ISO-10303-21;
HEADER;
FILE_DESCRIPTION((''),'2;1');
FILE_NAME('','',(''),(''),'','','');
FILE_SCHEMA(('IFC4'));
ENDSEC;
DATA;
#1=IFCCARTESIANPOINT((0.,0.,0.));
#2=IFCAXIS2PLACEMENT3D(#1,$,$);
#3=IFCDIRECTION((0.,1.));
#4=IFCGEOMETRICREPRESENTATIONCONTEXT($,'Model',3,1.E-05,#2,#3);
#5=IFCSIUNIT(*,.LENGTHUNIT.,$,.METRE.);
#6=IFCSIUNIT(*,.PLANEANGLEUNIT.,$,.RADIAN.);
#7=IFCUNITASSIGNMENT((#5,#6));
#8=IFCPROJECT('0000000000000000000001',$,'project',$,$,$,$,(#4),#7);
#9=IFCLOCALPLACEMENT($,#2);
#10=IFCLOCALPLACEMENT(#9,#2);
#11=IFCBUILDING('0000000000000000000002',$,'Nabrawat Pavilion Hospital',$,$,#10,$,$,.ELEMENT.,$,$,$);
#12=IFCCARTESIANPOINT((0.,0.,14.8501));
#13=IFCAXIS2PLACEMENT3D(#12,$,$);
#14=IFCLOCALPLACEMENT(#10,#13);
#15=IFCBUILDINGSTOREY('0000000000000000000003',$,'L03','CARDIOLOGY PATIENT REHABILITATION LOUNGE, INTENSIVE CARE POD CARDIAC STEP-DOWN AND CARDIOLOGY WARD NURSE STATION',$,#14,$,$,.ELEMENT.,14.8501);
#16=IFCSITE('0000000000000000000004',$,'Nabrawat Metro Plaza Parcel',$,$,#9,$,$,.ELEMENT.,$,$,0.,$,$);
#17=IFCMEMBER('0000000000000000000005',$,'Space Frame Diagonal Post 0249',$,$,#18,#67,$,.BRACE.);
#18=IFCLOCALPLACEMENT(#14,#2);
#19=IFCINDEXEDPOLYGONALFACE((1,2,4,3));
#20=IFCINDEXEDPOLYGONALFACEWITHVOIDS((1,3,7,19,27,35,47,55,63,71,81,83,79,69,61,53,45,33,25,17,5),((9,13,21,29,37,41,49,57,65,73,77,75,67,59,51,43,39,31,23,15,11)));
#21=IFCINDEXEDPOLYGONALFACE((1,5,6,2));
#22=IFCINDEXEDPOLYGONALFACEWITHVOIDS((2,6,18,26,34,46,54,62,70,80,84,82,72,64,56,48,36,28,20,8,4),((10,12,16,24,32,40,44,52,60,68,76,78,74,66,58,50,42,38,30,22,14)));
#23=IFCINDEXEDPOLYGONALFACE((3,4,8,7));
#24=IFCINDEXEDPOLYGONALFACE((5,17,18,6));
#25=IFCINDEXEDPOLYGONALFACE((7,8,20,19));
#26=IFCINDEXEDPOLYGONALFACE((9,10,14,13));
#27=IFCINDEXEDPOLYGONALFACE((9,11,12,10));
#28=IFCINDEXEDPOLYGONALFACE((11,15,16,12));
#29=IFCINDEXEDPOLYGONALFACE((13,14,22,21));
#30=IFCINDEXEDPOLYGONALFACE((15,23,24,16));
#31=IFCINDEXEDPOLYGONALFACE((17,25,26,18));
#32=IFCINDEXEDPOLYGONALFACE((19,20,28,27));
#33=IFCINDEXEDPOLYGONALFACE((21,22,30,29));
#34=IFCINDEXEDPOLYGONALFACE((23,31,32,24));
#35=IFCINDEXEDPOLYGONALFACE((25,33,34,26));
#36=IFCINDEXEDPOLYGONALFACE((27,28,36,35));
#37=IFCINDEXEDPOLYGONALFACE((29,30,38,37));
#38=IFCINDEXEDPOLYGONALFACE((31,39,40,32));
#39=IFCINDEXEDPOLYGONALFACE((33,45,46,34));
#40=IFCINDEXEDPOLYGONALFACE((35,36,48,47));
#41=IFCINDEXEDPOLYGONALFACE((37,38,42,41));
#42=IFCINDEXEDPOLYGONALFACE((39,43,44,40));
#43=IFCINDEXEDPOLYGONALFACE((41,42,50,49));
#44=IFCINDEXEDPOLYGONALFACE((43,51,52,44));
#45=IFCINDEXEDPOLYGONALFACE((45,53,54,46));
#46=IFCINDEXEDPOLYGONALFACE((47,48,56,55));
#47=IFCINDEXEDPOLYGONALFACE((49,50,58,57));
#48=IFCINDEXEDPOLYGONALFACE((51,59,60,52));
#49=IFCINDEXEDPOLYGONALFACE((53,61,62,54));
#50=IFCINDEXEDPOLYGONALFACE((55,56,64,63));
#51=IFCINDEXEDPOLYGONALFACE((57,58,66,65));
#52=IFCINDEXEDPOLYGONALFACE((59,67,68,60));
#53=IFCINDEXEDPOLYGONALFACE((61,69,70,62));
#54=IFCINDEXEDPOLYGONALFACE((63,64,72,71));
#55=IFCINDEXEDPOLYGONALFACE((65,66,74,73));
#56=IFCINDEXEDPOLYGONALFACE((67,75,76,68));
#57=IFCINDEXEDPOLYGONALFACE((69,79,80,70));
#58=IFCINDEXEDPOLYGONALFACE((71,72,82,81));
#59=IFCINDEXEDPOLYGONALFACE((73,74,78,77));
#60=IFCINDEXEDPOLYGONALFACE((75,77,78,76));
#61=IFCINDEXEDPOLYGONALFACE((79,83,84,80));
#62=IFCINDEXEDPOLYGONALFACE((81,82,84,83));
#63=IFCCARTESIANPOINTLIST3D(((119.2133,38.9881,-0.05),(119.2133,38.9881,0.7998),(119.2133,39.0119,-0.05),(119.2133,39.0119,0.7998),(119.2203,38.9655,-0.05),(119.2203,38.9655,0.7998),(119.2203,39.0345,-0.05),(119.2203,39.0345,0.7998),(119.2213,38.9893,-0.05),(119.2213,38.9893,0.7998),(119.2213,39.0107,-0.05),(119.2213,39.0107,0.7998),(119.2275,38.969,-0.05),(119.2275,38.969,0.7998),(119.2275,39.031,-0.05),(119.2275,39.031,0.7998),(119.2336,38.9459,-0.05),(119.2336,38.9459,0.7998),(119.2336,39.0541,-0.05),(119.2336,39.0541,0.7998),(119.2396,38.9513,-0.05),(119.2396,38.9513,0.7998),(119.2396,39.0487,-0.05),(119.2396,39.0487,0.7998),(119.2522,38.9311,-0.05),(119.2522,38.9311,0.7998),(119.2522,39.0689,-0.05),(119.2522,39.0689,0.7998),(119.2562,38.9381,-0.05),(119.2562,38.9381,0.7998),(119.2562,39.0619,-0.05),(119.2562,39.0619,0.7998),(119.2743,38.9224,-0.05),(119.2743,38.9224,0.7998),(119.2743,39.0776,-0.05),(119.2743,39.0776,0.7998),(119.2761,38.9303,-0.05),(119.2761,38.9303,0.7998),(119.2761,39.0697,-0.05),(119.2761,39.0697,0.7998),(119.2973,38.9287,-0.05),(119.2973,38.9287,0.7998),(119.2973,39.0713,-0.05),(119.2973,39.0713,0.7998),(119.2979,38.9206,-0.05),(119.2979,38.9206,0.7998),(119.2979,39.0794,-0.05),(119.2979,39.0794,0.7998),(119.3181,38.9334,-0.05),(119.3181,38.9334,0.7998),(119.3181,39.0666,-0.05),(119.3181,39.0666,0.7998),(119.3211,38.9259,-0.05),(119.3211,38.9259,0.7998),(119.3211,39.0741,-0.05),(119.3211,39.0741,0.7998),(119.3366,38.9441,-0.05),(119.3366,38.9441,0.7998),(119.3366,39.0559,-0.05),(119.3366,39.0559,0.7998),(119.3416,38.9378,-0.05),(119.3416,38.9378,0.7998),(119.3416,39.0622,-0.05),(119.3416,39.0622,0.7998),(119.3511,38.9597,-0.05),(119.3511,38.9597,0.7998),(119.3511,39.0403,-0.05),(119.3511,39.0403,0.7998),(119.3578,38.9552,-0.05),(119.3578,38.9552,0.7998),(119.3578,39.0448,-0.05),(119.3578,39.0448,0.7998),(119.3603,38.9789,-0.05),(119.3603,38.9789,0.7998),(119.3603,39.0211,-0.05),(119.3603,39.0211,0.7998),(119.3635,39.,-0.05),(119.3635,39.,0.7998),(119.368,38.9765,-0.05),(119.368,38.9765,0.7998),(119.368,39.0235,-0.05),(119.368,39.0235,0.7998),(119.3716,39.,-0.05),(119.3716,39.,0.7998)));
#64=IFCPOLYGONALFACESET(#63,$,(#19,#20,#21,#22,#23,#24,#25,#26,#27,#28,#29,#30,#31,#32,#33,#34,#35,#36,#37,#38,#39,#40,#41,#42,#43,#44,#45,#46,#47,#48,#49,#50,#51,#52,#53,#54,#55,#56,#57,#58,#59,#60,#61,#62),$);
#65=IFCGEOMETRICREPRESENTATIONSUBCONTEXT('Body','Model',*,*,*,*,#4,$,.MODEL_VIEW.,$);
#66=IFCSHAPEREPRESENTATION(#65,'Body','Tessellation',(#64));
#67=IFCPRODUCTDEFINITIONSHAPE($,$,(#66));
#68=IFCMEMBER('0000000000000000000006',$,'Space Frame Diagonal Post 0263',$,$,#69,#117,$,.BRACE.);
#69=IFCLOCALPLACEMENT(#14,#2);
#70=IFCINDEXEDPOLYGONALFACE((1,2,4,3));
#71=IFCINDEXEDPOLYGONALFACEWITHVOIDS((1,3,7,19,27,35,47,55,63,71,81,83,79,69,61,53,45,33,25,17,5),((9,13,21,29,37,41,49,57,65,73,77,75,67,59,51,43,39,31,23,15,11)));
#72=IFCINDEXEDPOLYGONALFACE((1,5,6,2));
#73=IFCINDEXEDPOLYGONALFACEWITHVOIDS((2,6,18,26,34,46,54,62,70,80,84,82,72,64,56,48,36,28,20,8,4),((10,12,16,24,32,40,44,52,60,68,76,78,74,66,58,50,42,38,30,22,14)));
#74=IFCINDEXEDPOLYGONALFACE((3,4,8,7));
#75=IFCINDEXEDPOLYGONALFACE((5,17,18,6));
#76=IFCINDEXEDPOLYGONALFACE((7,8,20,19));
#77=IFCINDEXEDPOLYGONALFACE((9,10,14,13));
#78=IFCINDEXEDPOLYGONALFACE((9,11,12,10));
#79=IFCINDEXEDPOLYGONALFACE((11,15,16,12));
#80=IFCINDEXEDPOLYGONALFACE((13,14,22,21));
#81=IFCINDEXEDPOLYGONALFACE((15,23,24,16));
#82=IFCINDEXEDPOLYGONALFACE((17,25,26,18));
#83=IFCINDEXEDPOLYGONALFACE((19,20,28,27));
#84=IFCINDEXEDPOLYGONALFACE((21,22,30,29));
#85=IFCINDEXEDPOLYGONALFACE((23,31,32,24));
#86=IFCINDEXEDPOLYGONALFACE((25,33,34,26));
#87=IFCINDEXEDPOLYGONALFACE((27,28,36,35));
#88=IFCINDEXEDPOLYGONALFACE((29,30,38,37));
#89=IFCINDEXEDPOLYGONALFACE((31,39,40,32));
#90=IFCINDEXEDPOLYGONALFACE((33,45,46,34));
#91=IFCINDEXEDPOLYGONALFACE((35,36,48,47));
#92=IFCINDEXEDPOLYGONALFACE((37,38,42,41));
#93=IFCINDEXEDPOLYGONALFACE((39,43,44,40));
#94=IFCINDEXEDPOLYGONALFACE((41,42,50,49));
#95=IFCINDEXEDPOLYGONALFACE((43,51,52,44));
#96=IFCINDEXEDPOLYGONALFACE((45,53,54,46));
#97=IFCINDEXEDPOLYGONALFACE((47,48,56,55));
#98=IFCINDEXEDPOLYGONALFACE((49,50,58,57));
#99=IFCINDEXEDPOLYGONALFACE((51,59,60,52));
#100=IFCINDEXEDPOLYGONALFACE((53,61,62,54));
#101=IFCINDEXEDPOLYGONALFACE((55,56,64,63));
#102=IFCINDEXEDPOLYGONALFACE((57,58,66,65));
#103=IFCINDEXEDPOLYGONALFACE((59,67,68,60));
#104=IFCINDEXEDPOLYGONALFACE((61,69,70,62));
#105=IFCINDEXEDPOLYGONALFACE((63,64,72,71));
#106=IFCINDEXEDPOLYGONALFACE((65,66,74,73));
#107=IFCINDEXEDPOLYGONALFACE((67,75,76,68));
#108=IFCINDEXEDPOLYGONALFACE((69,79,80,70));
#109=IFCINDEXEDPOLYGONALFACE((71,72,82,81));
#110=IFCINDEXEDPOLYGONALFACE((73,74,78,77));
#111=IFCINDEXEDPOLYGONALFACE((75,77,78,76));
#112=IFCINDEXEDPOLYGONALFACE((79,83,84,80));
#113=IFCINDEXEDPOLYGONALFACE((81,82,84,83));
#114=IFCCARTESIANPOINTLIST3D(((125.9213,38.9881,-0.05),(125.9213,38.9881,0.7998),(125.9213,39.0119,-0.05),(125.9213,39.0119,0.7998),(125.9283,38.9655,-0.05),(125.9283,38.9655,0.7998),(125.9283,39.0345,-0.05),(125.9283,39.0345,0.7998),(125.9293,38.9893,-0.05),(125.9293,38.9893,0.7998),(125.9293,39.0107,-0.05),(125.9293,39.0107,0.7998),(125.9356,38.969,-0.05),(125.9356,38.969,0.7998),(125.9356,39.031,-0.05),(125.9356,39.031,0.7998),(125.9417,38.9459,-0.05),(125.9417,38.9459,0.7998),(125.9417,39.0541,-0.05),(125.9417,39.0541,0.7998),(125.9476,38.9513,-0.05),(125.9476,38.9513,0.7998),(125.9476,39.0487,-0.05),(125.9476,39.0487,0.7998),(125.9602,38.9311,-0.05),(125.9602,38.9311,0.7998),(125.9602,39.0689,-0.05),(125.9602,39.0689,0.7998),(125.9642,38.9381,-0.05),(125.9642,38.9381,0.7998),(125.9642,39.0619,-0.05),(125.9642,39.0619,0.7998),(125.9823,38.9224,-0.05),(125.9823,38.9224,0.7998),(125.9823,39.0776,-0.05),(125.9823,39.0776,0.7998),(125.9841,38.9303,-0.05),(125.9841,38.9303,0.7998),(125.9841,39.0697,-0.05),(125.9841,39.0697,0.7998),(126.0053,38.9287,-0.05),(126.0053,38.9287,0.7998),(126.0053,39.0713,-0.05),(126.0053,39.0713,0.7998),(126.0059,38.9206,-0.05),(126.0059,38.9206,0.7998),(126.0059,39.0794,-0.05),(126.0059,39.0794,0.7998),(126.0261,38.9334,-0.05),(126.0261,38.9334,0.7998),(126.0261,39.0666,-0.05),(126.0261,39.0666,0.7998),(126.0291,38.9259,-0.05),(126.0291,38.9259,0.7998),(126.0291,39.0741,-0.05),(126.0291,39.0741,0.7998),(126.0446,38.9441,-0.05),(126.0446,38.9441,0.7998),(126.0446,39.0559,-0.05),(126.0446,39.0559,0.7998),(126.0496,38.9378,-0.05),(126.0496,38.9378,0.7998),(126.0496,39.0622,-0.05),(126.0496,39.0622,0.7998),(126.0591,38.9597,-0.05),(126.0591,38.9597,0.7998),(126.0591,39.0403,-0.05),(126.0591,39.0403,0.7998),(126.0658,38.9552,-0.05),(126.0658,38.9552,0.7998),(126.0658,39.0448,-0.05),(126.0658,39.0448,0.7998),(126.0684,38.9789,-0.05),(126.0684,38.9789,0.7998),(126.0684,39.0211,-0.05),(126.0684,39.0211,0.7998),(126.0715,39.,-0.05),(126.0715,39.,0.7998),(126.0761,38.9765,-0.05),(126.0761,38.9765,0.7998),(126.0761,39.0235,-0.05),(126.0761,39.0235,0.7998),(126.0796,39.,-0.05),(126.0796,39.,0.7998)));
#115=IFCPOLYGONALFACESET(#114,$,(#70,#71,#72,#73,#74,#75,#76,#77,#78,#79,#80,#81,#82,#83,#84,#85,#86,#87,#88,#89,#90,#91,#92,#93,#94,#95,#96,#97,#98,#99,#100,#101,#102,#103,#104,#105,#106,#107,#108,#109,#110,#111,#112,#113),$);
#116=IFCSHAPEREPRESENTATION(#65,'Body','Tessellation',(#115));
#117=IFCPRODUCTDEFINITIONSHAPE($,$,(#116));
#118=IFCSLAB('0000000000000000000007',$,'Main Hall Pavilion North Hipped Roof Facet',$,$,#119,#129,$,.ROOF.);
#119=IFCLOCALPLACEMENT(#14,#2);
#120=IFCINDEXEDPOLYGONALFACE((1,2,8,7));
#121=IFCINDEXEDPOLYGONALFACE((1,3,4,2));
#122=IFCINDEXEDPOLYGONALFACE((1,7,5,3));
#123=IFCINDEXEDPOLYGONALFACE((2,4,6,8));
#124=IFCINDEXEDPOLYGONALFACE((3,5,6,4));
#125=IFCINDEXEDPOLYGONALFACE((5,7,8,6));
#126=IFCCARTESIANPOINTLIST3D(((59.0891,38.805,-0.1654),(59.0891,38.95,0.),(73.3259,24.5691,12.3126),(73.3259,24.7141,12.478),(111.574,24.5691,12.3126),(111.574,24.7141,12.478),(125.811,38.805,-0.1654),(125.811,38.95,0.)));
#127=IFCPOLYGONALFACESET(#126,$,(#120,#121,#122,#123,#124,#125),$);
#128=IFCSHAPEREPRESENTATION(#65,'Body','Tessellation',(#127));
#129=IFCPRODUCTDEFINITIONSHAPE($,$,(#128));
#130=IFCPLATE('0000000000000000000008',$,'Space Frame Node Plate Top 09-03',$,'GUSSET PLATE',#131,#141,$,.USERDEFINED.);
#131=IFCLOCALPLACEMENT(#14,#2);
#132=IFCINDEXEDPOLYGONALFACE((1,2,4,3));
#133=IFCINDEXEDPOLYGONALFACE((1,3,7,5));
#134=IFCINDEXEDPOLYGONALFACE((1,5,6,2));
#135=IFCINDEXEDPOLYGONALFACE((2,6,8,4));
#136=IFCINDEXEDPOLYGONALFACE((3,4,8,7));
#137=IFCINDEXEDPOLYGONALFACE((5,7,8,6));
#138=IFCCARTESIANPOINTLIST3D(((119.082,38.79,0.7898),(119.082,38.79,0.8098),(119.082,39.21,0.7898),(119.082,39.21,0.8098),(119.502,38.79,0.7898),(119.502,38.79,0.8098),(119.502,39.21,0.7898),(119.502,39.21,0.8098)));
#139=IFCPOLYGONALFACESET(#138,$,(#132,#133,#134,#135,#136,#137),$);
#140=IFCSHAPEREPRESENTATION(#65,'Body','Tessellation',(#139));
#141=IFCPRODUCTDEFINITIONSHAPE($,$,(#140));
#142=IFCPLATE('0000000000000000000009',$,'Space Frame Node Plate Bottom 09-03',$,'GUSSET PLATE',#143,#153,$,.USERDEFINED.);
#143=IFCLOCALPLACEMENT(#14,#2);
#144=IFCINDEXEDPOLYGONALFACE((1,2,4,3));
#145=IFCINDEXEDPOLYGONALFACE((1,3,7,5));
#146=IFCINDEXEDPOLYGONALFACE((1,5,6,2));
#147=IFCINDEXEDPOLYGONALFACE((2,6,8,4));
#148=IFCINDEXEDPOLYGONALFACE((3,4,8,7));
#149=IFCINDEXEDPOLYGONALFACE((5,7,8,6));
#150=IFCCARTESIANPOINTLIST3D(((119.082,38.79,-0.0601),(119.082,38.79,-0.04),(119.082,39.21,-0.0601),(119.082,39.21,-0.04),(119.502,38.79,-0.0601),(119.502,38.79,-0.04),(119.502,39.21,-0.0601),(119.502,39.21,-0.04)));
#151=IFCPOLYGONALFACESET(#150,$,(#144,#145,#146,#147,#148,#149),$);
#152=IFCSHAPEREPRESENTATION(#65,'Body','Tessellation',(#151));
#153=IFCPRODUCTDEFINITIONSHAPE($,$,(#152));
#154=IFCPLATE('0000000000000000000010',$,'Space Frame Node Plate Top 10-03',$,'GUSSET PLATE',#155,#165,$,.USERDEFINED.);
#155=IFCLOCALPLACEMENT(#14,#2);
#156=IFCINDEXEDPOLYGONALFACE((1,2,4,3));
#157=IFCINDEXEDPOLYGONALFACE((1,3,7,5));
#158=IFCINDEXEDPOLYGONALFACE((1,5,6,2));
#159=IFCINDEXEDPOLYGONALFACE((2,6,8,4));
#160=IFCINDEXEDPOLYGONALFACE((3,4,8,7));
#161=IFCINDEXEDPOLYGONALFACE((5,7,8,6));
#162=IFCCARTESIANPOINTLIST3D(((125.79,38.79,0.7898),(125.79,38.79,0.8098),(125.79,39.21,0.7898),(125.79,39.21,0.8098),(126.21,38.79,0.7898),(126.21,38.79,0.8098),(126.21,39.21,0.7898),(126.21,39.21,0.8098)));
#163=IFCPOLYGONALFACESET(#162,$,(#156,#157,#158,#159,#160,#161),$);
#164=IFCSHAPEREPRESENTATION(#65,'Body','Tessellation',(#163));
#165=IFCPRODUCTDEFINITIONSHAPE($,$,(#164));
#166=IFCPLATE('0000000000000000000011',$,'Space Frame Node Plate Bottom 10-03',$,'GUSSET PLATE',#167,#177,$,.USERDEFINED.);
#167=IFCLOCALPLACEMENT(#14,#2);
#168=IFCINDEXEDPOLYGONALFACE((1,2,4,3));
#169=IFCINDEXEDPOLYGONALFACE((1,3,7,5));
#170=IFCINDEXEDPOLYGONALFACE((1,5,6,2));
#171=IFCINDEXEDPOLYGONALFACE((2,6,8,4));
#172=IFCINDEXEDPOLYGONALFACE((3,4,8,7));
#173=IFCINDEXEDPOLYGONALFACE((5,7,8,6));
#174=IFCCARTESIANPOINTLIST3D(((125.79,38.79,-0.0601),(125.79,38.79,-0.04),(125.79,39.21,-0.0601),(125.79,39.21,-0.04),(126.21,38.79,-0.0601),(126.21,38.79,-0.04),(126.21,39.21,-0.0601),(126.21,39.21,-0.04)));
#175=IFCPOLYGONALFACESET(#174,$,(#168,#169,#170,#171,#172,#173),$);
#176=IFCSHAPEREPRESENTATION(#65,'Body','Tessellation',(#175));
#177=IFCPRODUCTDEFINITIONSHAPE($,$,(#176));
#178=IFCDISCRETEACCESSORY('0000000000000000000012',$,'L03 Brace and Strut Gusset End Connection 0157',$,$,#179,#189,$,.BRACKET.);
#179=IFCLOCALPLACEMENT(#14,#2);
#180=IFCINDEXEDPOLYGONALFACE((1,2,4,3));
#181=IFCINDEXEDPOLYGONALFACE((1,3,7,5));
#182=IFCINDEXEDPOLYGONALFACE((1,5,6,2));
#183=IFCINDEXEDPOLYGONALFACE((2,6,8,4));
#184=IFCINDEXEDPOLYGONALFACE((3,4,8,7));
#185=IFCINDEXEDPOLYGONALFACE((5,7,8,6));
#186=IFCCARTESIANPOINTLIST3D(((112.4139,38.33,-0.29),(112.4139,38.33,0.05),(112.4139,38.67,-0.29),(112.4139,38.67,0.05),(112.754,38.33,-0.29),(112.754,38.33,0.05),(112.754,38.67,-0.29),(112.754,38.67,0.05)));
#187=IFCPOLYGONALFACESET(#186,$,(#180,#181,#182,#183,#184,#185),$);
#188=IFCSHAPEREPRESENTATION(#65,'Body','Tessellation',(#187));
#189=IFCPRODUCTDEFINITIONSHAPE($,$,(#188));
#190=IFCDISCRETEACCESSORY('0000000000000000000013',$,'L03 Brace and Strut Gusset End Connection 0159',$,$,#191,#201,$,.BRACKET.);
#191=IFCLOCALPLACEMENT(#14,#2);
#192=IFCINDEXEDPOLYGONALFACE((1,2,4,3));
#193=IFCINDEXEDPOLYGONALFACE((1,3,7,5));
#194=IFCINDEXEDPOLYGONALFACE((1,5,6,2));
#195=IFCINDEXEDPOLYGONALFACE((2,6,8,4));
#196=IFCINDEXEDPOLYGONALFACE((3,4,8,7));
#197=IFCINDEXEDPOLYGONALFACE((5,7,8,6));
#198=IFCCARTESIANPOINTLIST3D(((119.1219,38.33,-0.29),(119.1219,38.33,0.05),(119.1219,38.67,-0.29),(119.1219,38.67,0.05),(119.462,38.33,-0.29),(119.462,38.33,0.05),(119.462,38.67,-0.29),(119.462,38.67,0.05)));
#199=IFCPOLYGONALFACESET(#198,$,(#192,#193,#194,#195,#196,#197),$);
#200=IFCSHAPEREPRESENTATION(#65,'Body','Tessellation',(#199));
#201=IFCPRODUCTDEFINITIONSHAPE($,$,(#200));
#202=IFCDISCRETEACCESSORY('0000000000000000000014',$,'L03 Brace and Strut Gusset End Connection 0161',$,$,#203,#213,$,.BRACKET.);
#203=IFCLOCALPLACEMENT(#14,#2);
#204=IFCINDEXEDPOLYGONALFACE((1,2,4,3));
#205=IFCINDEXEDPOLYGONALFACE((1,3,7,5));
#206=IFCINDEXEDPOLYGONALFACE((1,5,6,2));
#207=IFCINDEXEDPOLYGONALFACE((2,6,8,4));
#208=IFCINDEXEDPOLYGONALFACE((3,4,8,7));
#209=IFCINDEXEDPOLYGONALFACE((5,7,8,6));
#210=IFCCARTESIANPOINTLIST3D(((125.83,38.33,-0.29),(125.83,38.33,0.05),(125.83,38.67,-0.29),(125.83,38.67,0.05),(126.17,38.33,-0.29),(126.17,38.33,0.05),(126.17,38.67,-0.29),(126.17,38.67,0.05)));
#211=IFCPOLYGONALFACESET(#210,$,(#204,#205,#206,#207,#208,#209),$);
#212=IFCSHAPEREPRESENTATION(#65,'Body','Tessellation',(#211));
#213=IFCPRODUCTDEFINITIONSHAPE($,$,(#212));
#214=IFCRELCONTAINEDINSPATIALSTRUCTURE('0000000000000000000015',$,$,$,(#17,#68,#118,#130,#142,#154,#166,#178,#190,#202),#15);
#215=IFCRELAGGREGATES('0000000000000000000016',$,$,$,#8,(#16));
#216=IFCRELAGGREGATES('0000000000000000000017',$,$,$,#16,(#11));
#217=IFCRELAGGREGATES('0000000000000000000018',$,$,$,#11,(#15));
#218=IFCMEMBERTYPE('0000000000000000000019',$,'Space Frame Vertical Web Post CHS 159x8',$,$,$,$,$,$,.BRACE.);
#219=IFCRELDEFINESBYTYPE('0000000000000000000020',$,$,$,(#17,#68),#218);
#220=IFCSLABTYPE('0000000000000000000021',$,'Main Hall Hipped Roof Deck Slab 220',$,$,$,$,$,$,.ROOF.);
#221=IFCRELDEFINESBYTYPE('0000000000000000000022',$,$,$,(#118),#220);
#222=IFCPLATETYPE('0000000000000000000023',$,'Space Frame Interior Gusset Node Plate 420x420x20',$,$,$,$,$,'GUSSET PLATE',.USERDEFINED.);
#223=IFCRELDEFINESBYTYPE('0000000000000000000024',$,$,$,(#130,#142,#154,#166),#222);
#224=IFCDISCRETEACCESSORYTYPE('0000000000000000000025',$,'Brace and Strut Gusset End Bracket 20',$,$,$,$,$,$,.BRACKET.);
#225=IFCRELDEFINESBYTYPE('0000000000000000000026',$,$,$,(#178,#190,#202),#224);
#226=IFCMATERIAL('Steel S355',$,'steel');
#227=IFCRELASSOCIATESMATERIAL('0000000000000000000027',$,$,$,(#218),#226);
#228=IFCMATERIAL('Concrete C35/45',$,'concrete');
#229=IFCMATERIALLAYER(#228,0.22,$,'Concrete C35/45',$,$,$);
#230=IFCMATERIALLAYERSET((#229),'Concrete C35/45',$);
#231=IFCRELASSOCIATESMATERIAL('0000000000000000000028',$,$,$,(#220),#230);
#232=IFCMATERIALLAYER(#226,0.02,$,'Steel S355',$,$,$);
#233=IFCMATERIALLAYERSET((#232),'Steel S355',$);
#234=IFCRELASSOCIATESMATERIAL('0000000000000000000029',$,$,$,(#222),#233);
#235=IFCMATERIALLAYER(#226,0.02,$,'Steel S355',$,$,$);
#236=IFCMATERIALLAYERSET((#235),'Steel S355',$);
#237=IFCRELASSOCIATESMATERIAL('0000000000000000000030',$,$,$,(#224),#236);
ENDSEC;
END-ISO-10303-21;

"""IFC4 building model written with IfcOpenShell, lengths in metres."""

from ifc_helpers import new_model, si_unit, direction, frame, origin, origin_2d, place, context, subcontext, project, spatial, polyline, rectangle, hollow_circle, outline, extrude, material, layer, layer_set, material_profile, profile_set, type_object, element, save


model = new_model("IFC4")

# Units and contexts
model_context = context("Model", 3, precision=1e-05, world=origin(), true_north=direction((0.0, 1.0)))
body_context = subcontext(model_context, "Body", "Model", "MODEL_VIEW")
ifc_project = project(units=[si_unit("LENGTHUNIT", "METRE"), si_unit("PLANEANGLEUNIT", "RADIAN")], contexts=[model_context])

# Site, building, storey
site_placement = place(None, origin())
site = spatial("IfcSite", under=ifc_project, at=site_placement, Name="Nabrawat Metro Plaza Parcel", CompositionType="ELEMENT", RefElevation=0.0)
building_placement = place(site_placement, origin())
building = spatial("IfcBuilding", under=site, at=building_placement, Name="Nabrawat Pavilion Hospital", CompositionType="ELEMENT")
storey_placement = place(building_placement, frame((0.0, 0.0, 14.8501)))
storey = spatial("IfcBuildingStorey", under=building, at=storey_placement, Name="L03", Description="CARDIOLOGY PATIENT REHABILITATION LOUNGE, INTENSIVE CARE POD CARDIAC STEP-DOWN AND CARDIOLOGY WARD NURSE STATION", CompositionType="ELEMENT", Elevation=14.8501)

# Shared definitions
ifc_material_1 = material(Name="Steel S355", Category="steel")

# Members
ifc_material_profile_1 = material_profile(ifc_material_1, hollow_circle(Radius=0.0796, WallThickness=0.0081, at=origin_2d()), Name="CHS 159x8")
ifc_profile_set_1 = profile_set([ifc_material_profile_1], Name="Steel S355")
member_type_1 = type_object("IfcMemberType", Name="Space Frame Vertical Web Post CHS 159x8", PredefinedType="BRACE", material=ifc_profile_set_1)
for number, where, z_axis, x_axis, name in (
    (1, (119.292, 39.0, -0.05), (0.0, 0.0, 1.0), (1.0, 0.0, 0.0), "Space Frame Diagonal Post 0249"),
    (2, (126.0, 39.0, -0.05), (0.0, 0.0, 1.0), (1.0, 0.0, 0.0), "Space Frame Diagonal Post 0263"),
):
    element("IfcMember", number, at=place(storey_placement, frame(where, z_axis=z_axis, x_axis=x_axis)), inside=storey, type_object=member_type_1, Name=name, PredefinedType="BRACE", context=body_context, shape_type="SweptSolid", body=[
        extrude(hollow_circle(Radius=0.0796, WallThickness=0.0081, at=origin_2d()), origin(), (0.0, 0.0, 1.0), 0.8499),
    ])

# Slab
ifc_material_2 = material(Name="Concrete C35/45", Category="concrete")
ifc_layer_1 = layer(ifc_material_2, 0.22, Name="Concrete C35/45")
ifc_layer_set_1 = layer_set([ifc_layer_1], Name="Concrete C35/45")
slab_type = type_object("IfcSlabType", Name="Main Hall Hipped Roof Deck Slab 220", PredefinedType="ROOF", material=ifc_layer_set_1)
slab_placement = place(storey_placement, frame((125.811, 38.95, 0.0), z_axis=(0.0, 0.659153, 0.752009), x_axis=(-1.0, 0.0, 0.0)))
element("IfcSlab", 3, at=slab_placement, inside=storey, type_object=slab_type, Name="Main Hall Pavilion North Hipped Roof Facet", PredefinedType="ROOF", context=body_context, shape_type="SweptSolid", body=[
    extrude(outline(polyline([(0.0, 0.0), (66.7219, 0.0), (52.4851, 18.9304), (14.2371, 18.9304), (0.0, 0.0)])), origin(), (0.0, 0.0, -1.0), 0.22),
])

# Plates
ifc_layer_2 = layer(ifc_material_1, 0.02, Name="Steel S355")
ifc_layer_set_2 = layer_set([ifc_layer_2], Name="Steel S355")
plate_type = type_object("IfcPlateType", Name="Space Frame Interior Gusset Node Plate 420x420x20", ElementType="GUSSET PLATE", PredefinedType="USERDEFINED", material=ifc_layer_set_2)
for number, where, z_axis, x_axis, name in (
    (4, (119.292, 39.0, 0.7898), (0.0, 0.0, 1.0), (1.0, 0.0, 0.0), "Space Frame Node Plate Top 09-03"),
    (5, (119.292, 39.0, -0.0601), (0.0, 0.0, 1.0), (1.0, 0.0, 0.0), "Space Frame Node Plate Bottom 09-03"),
    (6, (126.0, 39.0, 0.7898), (0.0, 0.0, 1.0), (1.0, 0.0, 0.0), "Space Frame Node Plate Top 10-03"),
    (7, (126.0, 39.0, -0.0601), (0.0, 0.0, 1.0), (1.0, 0.0, 0.0), "Space Frame Node Plate Bottom 10-03"),
):
    element("IfcPlate", number, at=place(storey_placement, frame(where, z_axis=z_axis, x_axis=x_axis)), inside=storey, type_object=plate_type, Name=name, ObjectType="GUSSET PLATE", PredefinedType="USERDEFINED", context=body_context, shape_type="SweptSolid", body=[
        extrude(rectangle(XDim=0.4199, YDim=0.4199, at=origin_2d()), origin(), (0.0, 0.0, 1.0), 0.02),
    ])

# Discrete accessories
ifc_layer_3 = layer(ifc_material_1, 0.02, Name="Steel S355")
ifc_layer_set_3 = layer_set([ifc_layer_3], Name="Steel S355")
discrete_accessory_type = type_object("IfcDiscreteAccessoryType", Name="Brace and Strut Gusset End Bracket 20", PredefinedType="BRACKET", material=ifc_layer_set_3)
for number, where, z_axis, x_axis, name in (
    (8, (112.584, 38.5, -0.29), (0.0, 0.0, 1.0), (1.0, 0.0, 0.0), "L03 Brace and Strut Gusset End Connection 0157"),
    (9, (119.292, 38.5, -0.29), (0.0, 0.0, 1.0), (1.0, 0.0, 0.0), "L03 Brace and Strut Gusset End Connection 0159"),
    (10, (126.0, 38.5, -0.29), (0.0, 0.0, 1.0), (1.0, 0.0, 0.0), "L03 Brace and Strut Gusset End Connection 0161"),
):
    element("IfcDiscreteAccessory", number, at=place(storey_placement, frame(where, z_axis=z_axis, x_axis=x_axis)), inside=storey, type_object=discrete_accessory_type, Name=name, PredefinedType="BRACKET", context=body_context, shape_type="SweptSolid", body=[
        extrude(rectangle(XDim=0.3401, YDim=0.3401, at=origin_2d()), origin(), (0.0, 0.0, 1.0), 0.3401),
    ])

save(model, "model.ifc")
